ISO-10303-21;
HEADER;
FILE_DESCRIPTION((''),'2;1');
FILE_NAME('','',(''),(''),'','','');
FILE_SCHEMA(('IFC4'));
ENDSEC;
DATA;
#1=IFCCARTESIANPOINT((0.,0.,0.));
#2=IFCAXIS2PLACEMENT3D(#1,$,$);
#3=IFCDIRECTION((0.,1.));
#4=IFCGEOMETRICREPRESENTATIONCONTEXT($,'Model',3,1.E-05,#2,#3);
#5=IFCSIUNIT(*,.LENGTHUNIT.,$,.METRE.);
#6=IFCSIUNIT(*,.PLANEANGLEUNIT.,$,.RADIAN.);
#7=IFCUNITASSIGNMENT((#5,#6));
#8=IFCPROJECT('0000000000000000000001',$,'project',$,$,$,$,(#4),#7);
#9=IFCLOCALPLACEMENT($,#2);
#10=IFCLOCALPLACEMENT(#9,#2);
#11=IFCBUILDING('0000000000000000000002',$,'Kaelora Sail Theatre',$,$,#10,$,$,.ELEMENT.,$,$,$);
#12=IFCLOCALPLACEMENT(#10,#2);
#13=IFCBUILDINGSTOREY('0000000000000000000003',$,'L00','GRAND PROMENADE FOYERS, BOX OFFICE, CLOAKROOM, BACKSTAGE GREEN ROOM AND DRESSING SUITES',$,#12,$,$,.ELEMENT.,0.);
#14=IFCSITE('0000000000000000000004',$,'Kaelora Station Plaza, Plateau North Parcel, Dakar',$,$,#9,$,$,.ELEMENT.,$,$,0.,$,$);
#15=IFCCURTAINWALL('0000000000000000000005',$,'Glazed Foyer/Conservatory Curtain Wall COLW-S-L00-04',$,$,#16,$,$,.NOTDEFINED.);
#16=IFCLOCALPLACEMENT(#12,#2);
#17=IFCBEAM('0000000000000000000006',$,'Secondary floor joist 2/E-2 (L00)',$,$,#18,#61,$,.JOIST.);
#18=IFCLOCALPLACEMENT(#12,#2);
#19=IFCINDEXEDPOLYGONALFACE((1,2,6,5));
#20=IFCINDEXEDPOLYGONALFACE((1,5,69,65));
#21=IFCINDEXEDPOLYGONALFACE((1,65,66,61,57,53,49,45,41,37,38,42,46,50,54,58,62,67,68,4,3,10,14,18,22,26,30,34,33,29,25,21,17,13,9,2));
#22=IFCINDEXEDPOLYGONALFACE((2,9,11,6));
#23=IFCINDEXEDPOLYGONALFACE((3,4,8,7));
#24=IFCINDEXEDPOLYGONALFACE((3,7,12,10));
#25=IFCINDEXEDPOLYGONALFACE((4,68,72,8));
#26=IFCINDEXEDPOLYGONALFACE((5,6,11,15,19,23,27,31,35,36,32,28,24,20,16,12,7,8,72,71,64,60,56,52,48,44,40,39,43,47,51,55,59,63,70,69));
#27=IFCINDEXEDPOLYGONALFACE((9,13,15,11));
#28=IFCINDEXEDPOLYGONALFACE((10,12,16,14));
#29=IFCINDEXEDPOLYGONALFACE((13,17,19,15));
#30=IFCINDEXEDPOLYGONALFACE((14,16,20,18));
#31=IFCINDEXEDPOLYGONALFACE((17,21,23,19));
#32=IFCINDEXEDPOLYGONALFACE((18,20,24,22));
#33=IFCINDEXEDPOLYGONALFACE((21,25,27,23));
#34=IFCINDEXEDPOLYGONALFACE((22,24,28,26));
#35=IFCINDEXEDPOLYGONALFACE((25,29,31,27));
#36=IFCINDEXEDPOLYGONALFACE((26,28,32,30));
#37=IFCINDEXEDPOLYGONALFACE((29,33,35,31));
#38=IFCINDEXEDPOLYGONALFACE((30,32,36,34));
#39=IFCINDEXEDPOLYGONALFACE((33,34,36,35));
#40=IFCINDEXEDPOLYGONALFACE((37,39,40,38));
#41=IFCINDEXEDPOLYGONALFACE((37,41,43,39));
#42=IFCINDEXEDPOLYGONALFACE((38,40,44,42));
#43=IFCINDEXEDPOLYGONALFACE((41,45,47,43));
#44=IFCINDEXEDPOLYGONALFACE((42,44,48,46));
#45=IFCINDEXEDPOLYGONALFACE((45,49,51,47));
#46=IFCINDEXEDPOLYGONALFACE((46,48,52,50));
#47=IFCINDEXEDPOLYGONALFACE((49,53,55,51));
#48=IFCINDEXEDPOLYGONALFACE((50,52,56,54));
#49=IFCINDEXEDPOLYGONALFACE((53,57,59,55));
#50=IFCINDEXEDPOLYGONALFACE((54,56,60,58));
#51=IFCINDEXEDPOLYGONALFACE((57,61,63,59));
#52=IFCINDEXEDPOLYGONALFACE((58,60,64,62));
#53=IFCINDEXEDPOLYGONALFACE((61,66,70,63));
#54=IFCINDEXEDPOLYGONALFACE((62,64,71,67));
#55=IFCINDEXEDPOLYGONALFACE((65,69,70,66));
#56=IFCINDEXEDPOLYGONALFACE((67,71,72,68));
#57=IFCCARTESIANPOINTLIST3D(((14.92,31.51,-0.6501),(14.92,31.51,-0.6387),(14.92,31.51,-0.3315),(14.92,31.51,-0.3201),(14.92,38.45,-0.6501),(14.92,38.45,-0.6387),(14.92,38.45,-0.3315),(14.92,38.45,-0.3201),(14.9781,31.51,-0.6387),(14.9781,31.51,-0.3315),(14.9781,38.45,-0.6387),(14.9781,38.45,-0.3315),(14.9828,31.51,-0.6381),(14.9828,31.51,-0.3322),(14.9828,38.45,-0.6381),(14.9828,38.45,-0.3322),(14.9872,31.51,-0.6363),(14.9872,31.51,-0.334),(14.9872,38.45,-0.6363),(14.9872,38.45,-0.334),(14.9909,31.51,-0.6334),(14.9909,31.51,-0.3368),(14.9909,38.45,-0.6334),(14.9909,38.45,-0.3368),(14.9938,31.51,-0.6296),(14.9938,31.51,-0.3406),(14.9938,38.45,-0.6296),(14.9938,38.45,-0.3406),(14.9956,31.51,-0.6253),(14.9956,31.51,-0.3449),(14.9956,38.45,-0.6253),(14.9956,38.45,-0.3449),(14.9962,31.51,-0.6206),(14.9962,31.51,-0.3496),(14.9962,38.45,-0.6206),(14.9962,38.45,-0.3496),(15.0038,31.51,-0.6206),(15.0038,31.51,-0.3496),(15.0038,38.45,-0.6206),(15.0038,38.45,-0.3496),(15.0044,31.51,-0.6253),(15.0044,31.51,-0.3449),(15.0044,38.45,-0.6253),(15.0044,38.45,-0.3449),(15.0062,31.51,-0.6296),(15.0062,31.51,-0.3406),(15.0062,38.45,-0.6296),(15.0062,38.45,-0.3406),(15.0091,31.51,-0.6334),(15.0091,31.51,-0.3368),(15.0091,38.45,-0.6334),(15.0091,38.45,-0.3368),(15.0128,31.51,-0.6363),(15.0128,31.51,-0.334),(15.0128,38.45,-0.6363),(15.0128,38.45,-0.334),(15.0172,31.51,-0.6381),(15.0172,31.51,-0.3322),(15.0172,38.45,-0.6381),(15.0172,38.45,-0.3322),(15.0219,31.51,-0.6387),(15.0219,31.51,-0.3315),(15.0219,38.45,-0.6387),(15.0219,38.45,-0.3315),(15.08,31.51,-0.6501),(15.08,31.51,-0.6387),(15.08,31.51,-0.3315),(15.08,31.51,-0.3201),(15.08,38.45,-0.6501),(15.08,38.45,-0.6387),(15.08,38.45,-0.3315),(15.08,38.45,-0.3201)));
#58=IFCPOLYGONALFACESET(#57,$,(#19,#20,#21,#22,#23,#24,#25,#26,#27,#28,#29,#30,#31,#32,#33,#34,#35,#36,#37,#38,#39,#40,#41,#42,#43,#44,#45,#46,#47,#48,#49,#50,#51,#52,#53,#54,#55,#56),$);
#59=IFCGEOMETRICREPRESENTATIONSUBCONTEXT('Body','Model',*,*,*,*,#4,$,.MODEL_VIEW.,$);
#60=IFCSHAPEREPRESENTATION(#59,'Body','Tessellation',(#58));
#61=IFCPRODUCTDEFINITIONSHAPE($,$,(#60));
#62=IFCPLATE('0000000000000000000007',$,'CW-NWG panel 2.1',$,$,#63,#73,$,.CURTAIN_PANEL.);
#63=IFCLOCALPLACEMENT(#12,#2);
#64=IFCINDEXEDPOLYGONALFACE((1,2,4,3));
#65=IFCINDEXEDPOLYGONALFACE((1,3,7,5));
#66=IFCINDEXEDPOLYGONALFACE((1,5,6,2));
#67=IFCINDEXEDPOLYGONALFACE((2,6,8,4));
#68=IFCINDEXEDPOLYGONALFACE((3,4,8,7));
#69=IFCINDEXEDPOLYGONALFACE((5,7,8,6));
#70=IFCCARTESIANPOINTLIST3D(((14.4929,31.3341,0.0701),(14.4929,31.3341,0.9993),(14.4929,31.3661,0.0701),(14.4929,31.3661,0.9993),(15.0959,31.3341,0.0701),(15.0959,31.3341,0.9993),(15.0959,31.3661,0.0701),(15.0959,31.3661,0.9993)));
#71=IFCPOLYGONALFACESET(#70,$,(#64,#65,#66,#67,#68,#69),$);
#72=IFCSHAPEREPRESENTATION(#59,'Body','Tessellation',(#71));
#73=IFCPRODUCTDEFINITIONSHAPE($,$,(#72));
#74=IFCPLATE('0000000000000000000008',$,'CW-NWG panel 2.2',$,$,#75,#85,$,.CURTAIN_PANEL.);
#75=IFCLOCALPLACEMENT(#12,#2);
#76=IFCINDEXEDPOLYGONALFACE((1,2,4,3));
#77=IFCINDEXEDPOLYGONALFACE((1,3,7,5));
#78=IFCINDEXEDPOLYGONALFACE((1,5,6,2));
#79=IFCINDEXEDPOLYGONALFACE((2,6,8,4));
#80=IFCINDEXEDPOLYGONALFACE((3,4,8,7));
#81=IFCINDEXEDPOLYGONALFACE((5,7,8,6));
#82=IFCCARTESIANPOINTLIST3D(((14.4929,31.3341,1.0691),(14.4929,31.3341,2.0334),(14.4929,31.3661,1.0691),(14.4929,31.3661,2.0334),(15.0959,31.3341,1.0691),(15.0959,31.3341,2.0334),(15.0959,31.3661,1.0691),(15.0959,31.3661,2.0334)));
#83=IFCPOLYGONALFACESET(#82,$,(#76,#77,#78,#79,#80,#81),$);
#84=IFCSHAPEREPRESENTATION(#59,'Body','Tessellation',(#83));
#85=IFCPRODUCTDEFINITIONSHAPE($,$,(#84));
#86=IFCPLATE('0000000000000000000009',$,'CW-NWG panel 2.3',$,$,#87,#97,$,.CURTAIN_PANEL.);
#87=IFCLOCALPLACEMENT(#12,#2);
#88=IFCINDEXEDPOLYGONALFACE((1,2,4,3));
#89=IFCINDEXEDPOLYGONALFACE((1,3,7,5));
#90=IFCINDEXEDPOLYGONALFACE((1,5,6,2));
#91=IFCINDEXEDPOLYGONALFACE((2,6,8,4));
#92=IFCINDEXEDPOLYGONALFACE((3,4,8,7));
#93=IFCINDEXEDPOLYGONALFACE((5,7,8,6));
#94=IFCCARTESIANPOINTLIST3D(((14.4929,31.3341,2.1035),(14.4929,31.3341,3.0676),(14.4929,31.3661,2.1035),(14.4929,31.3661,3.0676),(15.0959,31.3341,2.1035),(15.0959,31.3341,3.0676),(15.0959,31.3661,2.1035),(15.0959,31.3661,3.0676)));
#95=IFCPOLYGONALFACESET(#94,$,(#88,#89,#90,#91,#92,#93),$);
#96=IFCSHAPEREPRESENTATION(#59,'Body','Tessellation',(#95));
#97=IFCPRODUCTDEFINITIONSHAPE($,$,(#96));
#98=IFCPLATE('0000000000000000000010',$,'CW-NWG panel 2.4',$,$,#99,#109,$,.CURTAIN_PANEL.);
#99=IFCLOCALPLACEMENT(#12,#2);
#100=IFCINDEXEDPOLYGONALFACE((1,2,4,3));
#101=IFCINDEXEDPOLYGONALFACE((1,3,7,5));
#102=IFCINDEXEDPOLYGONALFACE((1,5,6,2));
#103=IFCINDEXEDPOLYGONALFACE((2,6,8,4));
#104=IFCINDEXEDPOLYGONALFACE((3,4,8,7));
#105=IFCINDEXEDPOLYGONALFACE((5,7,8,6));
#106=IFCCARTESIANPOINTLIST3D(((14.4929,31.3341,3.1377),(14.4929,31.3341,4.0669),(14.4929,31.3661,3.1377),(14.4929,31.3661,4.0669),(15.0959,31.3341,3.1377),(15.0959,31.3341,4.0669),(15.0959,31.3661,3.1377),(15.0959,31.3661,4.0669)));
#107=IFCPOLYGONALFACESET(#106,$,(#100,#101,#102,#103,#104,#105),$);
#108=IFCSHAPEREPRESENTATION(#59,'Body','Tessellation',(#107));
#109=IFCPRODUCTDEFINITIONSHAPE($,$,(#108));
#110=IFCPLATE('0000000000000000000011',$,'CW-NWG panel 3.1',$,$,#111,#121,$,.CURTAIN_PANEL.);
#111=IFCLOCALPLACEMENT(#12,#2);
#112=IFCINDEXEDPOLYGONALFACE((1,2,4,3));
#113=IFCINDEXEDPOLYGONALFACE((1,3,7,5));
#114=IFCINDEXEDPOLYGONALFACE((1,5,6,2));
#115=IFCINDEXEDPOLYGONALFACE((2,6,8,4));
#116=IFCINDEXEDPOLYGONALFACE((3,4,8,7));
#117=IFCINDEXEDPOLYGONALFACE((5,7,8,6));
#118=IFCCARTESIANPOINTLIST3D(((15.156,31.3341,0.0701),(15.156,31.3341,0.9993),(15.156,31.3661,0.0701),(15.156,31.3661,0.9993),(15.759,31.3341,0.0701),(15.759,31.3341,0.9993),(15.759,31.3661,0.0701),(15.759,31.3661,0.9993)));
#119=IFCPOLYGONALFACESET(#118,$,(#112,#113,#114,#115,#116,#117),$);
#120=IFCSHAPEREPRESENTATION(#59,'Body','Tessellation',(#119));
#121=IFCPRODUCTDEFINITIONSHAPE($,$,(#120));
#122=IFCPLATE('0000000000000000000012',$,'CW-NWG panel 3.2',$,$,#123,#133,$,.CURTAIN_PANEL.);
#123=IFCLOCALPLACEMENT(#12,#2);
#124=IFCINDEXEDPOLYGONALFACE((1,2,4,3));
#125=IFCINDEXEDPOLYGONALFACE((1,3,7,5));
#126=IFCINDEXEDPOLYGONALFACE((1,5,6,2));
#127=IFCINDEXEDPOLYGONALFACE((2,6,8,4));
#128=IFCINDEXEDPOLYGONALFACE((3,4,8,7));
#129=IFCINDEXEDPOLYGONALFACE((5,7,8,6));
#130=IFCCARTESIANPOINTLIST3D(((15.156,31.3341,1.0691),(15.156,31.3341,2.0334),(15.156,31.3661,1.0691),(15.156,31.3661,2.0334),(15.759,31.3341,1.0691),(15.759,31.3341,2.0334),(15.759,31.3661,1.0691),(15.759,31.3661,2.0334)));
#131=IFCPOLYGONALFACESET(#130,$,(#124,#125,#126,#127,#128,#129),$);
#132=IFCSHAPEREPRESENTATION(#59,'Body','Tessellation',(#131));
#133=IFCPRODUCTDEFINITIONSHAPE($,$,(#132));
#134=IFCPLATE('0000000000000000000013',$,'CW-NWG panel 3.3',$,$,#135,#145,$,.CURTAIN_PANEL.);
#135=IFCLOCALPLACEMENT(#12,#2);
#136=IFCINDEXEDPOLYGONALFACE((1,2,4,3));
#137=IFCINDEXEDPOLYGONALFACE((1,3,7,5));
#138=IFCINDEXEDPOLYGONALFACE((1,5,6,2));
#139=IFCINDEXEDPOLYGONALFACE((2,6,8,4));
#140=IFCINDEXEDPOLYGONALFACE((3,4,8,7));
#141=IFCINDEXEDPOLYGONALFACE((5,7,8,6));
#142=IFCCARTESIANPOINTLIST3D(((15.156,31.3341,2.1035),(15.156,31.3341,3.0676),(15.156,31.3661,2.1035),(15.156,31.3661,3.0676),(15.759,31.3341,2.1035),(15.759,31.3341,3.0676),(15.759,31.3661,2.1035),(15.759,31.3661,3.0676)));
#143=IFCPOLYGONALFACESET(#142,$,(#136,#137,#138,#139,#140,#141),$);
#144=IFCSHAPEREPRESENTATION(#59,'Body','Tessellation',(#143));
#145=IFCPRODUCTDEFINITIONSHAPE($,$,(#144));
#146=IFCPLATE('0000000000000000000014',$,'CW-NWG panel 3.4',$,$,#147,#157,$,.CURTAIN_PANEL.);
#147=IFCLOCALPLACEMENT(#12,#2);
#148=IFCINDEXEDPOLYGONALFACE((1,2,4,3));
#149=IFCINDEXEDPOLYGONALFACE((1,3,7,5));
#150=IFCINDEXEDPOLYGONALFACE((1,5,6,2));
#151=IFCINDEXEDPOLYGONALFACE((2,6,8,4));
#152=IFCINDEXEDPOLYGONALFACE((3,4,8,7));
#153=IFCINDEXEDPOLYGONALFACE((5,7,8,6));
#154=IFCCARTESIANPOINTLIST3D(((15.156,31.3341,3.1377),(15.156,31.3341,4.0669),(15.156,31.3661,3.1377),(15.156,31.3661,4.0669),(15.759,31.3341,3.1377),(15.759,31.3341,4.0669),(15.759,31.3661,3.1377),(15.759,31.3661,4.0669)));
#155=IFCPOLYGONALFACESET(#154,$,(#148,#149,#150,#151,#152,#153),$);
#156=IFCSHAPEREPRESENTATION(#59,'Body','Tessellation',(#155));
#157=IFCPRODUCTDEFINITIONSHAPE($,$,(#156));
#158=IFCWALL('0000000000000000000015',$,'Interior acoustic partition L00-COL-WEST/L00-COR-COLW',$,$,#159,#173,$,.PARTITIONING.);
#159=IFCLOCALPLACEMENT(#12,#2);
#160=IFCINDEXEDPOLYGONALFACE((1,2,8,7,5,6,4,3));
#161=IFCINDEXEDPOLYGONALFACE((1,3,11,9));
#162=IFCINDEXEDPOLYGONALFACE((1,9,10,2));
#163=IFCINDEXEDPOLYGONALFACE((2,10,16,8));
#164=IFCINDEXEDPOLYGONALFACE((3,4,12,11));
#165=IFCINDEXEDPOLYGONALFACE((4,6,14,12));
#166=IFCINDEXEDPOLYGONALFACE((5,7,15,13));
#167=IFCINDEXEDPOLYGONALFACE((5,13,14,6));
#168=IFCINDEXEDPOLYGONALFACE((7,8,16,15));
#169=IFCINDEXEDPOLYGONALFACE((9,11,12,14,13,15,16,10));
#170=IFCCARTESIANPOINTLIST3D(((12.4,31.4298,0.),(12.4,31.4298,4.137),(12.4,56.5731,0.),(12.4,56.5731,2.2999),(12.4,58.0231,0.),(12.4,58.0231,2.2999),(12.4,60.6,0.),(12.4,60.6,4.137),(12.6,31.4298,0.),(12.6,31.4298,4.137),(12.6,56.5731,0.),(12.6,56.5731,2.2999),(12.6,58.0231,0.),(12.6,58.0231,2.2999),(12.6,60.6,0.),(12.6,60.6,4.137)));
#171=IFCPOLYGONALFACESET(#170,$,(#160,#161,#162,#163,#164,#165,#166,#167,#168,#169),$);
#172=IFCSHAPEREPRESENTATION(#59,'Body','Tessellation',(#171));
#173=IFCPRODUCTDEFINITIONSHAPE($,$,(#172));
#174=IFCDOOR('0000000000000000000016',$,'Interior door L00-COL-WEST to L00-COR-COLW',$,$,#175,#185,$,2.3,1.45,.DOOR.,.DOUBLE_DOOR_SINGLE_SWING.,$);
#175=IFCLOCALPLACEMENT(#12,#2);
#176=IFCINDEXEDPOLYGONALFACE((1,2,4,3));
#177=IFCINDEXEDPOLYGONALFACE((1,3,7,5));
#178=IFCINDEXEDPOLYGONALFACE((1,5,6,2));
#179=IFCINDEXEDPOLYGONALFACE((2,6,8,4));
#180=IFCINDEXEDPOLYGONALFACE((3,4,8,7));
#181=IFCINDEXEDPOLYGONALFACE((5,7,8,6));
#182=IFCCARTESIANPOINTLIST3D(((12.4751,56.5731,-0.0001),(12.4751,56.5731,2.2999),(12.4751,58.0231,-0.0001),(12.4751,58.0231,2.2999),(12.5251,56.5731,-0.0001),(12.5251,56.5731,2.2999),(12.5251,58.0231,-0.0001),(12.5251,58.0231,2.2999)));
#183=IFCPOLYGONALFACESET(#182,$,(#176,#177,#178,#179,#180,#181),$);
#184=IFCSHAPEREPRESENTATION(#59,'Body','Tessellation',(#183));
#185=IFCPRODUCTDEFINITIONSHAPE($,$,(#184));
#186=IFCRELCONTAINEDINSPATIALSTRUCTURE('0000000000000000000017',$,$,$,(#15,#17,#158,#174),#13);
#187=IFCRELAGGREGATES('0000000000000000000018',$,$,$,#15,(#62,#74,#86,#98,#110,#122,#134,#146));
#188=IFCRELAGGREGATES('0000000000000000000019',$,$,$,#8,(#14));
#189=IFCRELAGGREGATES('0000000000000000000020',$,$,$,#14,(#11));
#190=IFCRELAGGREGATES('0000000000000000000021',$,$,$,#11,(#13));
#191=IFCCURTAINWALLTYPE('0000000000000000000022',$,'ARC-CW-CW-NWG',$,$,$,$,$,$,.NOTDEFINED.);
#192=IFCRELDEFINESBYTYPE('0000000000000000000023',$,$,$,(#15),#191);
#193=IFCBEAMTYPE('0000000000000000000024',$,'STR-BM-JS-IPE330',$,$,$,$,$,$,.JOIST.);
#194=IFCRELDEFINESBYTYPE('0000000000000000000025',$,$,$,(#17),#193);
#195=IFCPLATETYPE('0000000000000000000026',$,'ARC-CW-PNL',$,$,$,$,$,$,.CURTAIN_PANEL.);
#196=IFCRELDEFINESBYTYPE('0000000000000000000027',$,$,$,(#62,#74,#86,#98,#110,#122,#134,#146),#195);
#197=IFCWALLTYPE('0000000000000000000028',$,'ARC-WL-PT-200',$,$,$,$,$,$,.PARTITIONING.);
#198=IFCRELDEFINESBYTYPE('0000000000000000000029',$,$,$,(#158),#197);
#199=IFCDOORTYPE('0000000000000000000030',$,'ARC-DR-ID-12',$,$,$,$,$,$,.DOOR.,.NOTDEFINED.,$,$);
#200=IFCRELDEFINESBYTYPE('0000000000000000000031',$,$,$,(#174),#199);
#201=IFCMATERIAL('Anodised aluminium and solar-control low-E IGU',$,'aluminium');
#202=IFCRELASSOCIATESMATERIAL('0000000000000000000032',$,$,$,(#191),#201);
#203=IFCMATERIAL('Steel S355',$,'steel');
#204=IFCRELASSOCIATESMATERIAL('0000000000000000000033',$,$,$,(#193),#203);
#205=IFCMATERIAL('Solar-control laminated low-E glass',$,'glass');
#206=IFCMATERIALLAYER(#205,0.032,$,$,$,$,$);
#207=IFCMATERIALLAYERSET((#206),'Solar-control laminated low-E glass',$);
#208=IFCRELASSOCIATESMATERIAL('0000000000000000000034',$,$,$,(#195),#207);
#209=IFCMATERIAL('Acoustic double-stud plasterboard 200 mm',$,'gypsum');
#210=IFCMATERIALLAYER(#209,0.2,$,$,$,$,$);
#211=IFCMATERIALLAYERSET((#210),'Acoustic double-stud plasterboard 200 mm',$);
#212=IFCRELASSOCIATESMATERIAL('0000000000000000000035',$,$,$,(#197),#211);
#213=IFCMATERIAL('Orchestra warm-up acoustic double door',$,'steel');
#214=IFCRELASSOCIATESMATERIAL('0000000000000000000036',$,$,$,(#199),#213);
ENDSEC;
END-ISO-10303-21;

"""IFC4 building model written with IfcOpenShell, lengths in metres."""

from ifc_helpers import new_model, si_unit, direction, frame, frame_2d, origin, origin_2d, place, context, subcontext, project, spatial, rectangle, i_section, extrude, material, layer, layer_set, material_profile, profile_set, type_object, element, fill, aggregate, save


model = new_model("IFC4")

# Units and contexts
model_context = context("Model", 3, precision=1e-05, world=origin(), true_north=direction((0.0, 1.0)))
body_context = subcontext(model_context, "Body", "Model", "MODEL_VIEW")
ifc_project = project(units=[si_unit("LENGTHUNIT", "METRE"), si_unit("PLANEANGLEUNIT", "RADIAN")], contexts=[model_context])

# Site, building, storey
site_placement = place(None, origin())
site = spatial("IfcSite", under=ifc_project, at=site_placement, Name="Kaelora Station Plaza, Plateau North Parcel, Dakar", CompositionType="ELEMENT", RefElevation=0.0)
building_placement = place(site_placement, origin())
building = spatial("IfcBuilding", under=site, at=building_placement, Name="Kaelora Sail Theatre", CompositionType="ELEMENT")
storey_placement = place(building_placement, origin())
storey = spatial("IfcBuildingStorey", under=building, at=storey_placement, Name="L00", Description="GRAND PROMENADE FOYERS, BOX OFFICE, CLOAKROOM, BACKSTAGE GREEN ROOM AND DRESSING SUITES", CompositionType="ELEMENT", Elevation=0.0)

# Curtain wall
ifc_material_1 = material(Name="Anodised aluminium and solar-control low-E IGU", Category="aluminium")
curtain_wall_type = type_object("IfcCurtainWallType", Name="ARC-CW-CW-NWG", PredefinedType="NOTDEFINED", material=ifc_material_1)
curtain_wall_placement = place(storey_placement, origin())
curtain_wall = element("IfcCurtainWall", 1, at=curtain_wall_placement, inside=storey, type_object=curtain_wall_type, Name="Glazed Foyer/Conservatory Curtain Wall COLW-S-L00-04", PredefinedType="NOTDEFINED")

# Beam
ifc_material_2 = material(Name="Steel S355", Category="steel")
ifc_material_profile_1 = material_profile(ifc_material_2, i_section(OverallWidth=0.1599, OverallDepth=0.3301, WebThickness=0.0076, FlangeThickness=0.0115, FilletRadius=0.0181, at=origin_2d()), Name="IPE 330")
ifc_profile_set_1 = profile_set([ifc_material_profile_1], Name="Steel S355")
beam_type_1 = type_object("IfcBeamType", Name="STR-BM-JS-IPE330", PredefinedType="JOIST", material=ifc_profile_set_1)
beam_1_placement = place(storey_placement, frame((15.0, 31.51, -0.4851), z_axis=(0.0, 1.0, 0.0), x_axis=(-1.0, 0.0, 0.0)))
element("IfcBeam", 2, at=beam_1_placement, inside=storey, type_object=beam_type_1, Name="Secondary floor joist 2/E-2 (L00)", PredefinedType="JOIST", context=body_context, shape_type="SweptSolid", body=[
    extrude(i_section(OverallWidth=0.1599, OverallDepth=0.3301, WebThickness=0.0076, FlangeThickness=0.0115, FilletRadius=0.0181, at=origin_2d()), origin(), (0.0, 0.0, 1.0), 6.9399),
])

# Plates
ifc_material_3 = material(Name="Solar-control laminated low-E glass", Category="glass")
ifc_layer_1 = layer(ifc_material_3, 0.032)
ifc_layer_set_1 = layer_set([ifc_layer_1], Name="Solar-control laminated low-E glass")
plate_type = type_object("IfcPlateType", Name="ARC-CW-PNL", PredefinedType="CURTAIN_PANEL", material=ifc_layer_set_1)
plate_1_placement = place(storey_placement, frame((14.7944, 31.3501, 0.0701), z_axis=(0.0, 0.0, 1.0), x_axis=(1.0, 0.0, 0.0)))
plate_1 = element("IfcPlate", 3, at=plate_1_placement, type_object=plate_type, Name="CW-NWG panel 2.1", PredefinedType="CURTAIN_PANEL", context=body_context, shape_type="SweptSolid", body=[
    extrude(rectangle(XDim=0.603, YDim=0.032, at=origin_2d()), origin(), (0.0, 0.0, 1.0), 0.9292),
])
plate_2_placement = place(storey_placement, frame((14.7944, 31.3501, 1.0691), z_axis=(0.0, 0.0, 1.0), x_axis=(1.0, 0.0, 0.0)))
plate_2 = element("IfcPlate", 4, at=plate_2_placement, type_object=plate_type, Name="CW-NWG panel 2.2", PredefinedType="CURTAIN_PANEL", context=body_context, shape_type="SweptSolid", body=[
    extrude(rectangle(XDim=0.603, YDim=0.032, at=origin_2d()), origin(), (0.0, 0.0, 1.0), 0.9644),
])
plate_3_placement = place(storey_placement, frame((14.7944, 31.3501, 2.1035), z_axis=(0.0, 0.0, 1.0), x_axis=(1.0, 0.0, 0.0)))
plate_3 = element("IfcPlate", 5, at=plate_3_placement, type_object=plate_type, Name="CW-NWG panel 2.3", PredefinedType="CURTAIN_PANEL", context=body_context, shape_type="SweptSolid", body=[
    extrude(rectangle(XDim=0.603, YDim=0.032, at=origin_2d()), origin(), (0.0, 0.0, 1.0), 0.9641),
])
plate_4_placement = place(storey_placement, frame((14.7944, 31.3501, 3.1377), z_axis=(0.0, 0.0, 1.0), x_axis=(1.0, 0.0, 0.0)))
plate_4 = element("IfcPlate", 6, at=plate_4_placement, type_object=plate_type, Name="CW-NWG panel 2.4", PredefinedType="CURTAIN_PANEL", context=body_context, shape_type="SweptSolid", body=[
    extrude(rectangle(XDim=0.603, YDim=0.032, at=origin_2d()), origin(), (0.0, 0.0, 1.0), 0.9292),
])
plate_5_placement = place(storey_placement, frame((15.4575, 31.3501, 0.0701), z_axis=(0.0, 0.0, 1.0), x_axis=(1.0, 0.0, 0.0)))
plate_5 = element("IfcPlate", 7, at=plate_5_placement, type_object=plate_type, Name="CW-NWG panel 3.1", PredefinedType="CURTAIN_PANEL", context=body_context, shape_type="SweptSolid", body=[
    extrude(rectangle(XDim=0.603, YDim=0.032, at=origin_2d()), origin(), (0.0, 0.0, 1.0), 0.9292),
])
plate_6_placement = place(storey_placement, frame((15.4575, 31.3501, 1.0691), z_axis=(0.0, 0.0, 1.0), x_axis=(1.0, 0.0, 0.0)))
plate_6 = element("IfcPlate", 8, at=plate_6_placement, type_object=plate_type, Name="CW-NWG panel 3.2", PredefinedType="CURTAIN_PANEL", context=body_context, shape_type="SweptSolid", body=[
    extrude(rectangle(XDim=0.603, YDim=0.032, at=origin_2d()), origin(), (0.0, 0.0, 1.0), 0.9644),
])
plate_7_placement = place(storey_placement, frame((15.4575, 31.3501, 2.1035), z_axis=(0.0, 0.0, 1.0), x_axis=(1.0, 0.0, 0.0)))
plate_7 = element("IfcPlate", 9, at=plate_7_placement, type_object=plate_type, Name="CW-NWG panel 3.3", PredefinedType="CURTAIN_PANEL", context=body_context, shape_type="SweptSolid", body=[
    extrude(rectangle(XDim=0.603, YDim=0.032, at=origin_2d()), origin(), (0.0, 0.0, 1.0), 0.9641),
])
plate_8_placement = place(storey_placement, frame((15.4575, 31.3501, 3.1377), z_axis=(0.0, 0.0, 1.0), x_axis=(1.0, 0.0, 0.0)))
plate_8 = element("IfcPlate", 10, at=plate_8_placement, type_object=plate_type, Name="CW-NWG panel 3.4", PredefinedType="CURTAIN_PANEL", context=body_context, shape_type="SweptSolid", body=[
    extrude(rectangle(XDim=0.603, YDim=0.032, at=origin_2d()), origin(), (0.0, 0.0, 1.0), 0.9292),
])
aggregate(curtain_wall, [plate_1, plate_2, plate_3, plate_4, plate_5, plate_6, plate_7, plate_8])

# Wall, opening, door
ifc_material_4 = material(Name="Acoustic double-stud plasterboard 200 mm", Category="gypsum")
ifc_layer_2 = layer(ifc_material_4, 0.2)
ifc_layer_set_2 = layer_set([ifc_layer_2], Name="Acoustic double-stud plasterboard 200 mm")
wall_type = type_object("IfcWallType", Name="ARC-WL-PT-200", PredefinedType="PARTITIONING", material=ifc_layer_set_2)
wall_placement = place(storey_placement, frame((12.5, 31.4299, 0.0), z_axis=(0.0, 0.0, 1.0), x_axis=(0.0, 1.0, 0.0)))
wall = element("IfcWall", 11, at=wall_placement, inside=storey, type_object=wall_type, Name="Interior acoustic partition L00-COL-WEST/L00-COR-COLW", PredefinedType="PARTITIONING", context=body_context, shape_type="SweptSolid", body=[
    extrude(rectangle(XDim=29.1702, YDim=0.2, at=frame_2d((14.585, 0.0))), origin(), (0.0, 0.0, 1.0), 4.137),
])
opening_placement = place(wall_placement, frame((25.1431, 0.0, 0.0)))
opening = element("IfcOpeningElement", 12, at=opening_placement, cuts=wall, PredefinedType="OPENING", context=body_context, shape_type="SweptSolid", body=[
    extrude(rectangle(XDim=1.45, YDim=2.3, at=frame_2d((0.7251, 1.1499))), frame((0.0, 0.1101, 0.0), z_axis=(0.0, -1.0, 0.0), x_axis=(1.0, 0.0, 0.0)), (0.0, 0.0, 1.0), 0.22),
])
ifc_material_5 = material(Name="Orchestra warm-up acoustic double door", Category="steel")
door_type = type_object("IfcDoorType", Name="ARC-DR-ID-12", OperationType="NOTDEFINED", PredefinedType="DOOR", material=ifc_material_5)
door_placement = place(opening_placement, origin())
door = element("IfcDoor", 13, at=door_placement, inside=storey, type_object=door_type, Name="Interior door L00-COL-WEST to L00-COR-COLW", OperationType="DOUBLE_DOOR_SINGLE_SWING", OverallHeight=2.3, OverallWidth=1.45, PredefinedType="DOOR", context=body_context, shape_type="SweptSolid", body=[
    extrude(rectangle(XDim=1.45, YDim=2.3, at=frame_2d((0.7251, 1.1499))), frame((0.0, 0.0249, 0.0), z_axis=(0.0, -1.0, 0.0), x_axis=(1.0, 0.0, 0.0)), (0.0, 0.0, 1.0), 0.05),
])
fill(opening, door)

save(model, "model.ifc")
